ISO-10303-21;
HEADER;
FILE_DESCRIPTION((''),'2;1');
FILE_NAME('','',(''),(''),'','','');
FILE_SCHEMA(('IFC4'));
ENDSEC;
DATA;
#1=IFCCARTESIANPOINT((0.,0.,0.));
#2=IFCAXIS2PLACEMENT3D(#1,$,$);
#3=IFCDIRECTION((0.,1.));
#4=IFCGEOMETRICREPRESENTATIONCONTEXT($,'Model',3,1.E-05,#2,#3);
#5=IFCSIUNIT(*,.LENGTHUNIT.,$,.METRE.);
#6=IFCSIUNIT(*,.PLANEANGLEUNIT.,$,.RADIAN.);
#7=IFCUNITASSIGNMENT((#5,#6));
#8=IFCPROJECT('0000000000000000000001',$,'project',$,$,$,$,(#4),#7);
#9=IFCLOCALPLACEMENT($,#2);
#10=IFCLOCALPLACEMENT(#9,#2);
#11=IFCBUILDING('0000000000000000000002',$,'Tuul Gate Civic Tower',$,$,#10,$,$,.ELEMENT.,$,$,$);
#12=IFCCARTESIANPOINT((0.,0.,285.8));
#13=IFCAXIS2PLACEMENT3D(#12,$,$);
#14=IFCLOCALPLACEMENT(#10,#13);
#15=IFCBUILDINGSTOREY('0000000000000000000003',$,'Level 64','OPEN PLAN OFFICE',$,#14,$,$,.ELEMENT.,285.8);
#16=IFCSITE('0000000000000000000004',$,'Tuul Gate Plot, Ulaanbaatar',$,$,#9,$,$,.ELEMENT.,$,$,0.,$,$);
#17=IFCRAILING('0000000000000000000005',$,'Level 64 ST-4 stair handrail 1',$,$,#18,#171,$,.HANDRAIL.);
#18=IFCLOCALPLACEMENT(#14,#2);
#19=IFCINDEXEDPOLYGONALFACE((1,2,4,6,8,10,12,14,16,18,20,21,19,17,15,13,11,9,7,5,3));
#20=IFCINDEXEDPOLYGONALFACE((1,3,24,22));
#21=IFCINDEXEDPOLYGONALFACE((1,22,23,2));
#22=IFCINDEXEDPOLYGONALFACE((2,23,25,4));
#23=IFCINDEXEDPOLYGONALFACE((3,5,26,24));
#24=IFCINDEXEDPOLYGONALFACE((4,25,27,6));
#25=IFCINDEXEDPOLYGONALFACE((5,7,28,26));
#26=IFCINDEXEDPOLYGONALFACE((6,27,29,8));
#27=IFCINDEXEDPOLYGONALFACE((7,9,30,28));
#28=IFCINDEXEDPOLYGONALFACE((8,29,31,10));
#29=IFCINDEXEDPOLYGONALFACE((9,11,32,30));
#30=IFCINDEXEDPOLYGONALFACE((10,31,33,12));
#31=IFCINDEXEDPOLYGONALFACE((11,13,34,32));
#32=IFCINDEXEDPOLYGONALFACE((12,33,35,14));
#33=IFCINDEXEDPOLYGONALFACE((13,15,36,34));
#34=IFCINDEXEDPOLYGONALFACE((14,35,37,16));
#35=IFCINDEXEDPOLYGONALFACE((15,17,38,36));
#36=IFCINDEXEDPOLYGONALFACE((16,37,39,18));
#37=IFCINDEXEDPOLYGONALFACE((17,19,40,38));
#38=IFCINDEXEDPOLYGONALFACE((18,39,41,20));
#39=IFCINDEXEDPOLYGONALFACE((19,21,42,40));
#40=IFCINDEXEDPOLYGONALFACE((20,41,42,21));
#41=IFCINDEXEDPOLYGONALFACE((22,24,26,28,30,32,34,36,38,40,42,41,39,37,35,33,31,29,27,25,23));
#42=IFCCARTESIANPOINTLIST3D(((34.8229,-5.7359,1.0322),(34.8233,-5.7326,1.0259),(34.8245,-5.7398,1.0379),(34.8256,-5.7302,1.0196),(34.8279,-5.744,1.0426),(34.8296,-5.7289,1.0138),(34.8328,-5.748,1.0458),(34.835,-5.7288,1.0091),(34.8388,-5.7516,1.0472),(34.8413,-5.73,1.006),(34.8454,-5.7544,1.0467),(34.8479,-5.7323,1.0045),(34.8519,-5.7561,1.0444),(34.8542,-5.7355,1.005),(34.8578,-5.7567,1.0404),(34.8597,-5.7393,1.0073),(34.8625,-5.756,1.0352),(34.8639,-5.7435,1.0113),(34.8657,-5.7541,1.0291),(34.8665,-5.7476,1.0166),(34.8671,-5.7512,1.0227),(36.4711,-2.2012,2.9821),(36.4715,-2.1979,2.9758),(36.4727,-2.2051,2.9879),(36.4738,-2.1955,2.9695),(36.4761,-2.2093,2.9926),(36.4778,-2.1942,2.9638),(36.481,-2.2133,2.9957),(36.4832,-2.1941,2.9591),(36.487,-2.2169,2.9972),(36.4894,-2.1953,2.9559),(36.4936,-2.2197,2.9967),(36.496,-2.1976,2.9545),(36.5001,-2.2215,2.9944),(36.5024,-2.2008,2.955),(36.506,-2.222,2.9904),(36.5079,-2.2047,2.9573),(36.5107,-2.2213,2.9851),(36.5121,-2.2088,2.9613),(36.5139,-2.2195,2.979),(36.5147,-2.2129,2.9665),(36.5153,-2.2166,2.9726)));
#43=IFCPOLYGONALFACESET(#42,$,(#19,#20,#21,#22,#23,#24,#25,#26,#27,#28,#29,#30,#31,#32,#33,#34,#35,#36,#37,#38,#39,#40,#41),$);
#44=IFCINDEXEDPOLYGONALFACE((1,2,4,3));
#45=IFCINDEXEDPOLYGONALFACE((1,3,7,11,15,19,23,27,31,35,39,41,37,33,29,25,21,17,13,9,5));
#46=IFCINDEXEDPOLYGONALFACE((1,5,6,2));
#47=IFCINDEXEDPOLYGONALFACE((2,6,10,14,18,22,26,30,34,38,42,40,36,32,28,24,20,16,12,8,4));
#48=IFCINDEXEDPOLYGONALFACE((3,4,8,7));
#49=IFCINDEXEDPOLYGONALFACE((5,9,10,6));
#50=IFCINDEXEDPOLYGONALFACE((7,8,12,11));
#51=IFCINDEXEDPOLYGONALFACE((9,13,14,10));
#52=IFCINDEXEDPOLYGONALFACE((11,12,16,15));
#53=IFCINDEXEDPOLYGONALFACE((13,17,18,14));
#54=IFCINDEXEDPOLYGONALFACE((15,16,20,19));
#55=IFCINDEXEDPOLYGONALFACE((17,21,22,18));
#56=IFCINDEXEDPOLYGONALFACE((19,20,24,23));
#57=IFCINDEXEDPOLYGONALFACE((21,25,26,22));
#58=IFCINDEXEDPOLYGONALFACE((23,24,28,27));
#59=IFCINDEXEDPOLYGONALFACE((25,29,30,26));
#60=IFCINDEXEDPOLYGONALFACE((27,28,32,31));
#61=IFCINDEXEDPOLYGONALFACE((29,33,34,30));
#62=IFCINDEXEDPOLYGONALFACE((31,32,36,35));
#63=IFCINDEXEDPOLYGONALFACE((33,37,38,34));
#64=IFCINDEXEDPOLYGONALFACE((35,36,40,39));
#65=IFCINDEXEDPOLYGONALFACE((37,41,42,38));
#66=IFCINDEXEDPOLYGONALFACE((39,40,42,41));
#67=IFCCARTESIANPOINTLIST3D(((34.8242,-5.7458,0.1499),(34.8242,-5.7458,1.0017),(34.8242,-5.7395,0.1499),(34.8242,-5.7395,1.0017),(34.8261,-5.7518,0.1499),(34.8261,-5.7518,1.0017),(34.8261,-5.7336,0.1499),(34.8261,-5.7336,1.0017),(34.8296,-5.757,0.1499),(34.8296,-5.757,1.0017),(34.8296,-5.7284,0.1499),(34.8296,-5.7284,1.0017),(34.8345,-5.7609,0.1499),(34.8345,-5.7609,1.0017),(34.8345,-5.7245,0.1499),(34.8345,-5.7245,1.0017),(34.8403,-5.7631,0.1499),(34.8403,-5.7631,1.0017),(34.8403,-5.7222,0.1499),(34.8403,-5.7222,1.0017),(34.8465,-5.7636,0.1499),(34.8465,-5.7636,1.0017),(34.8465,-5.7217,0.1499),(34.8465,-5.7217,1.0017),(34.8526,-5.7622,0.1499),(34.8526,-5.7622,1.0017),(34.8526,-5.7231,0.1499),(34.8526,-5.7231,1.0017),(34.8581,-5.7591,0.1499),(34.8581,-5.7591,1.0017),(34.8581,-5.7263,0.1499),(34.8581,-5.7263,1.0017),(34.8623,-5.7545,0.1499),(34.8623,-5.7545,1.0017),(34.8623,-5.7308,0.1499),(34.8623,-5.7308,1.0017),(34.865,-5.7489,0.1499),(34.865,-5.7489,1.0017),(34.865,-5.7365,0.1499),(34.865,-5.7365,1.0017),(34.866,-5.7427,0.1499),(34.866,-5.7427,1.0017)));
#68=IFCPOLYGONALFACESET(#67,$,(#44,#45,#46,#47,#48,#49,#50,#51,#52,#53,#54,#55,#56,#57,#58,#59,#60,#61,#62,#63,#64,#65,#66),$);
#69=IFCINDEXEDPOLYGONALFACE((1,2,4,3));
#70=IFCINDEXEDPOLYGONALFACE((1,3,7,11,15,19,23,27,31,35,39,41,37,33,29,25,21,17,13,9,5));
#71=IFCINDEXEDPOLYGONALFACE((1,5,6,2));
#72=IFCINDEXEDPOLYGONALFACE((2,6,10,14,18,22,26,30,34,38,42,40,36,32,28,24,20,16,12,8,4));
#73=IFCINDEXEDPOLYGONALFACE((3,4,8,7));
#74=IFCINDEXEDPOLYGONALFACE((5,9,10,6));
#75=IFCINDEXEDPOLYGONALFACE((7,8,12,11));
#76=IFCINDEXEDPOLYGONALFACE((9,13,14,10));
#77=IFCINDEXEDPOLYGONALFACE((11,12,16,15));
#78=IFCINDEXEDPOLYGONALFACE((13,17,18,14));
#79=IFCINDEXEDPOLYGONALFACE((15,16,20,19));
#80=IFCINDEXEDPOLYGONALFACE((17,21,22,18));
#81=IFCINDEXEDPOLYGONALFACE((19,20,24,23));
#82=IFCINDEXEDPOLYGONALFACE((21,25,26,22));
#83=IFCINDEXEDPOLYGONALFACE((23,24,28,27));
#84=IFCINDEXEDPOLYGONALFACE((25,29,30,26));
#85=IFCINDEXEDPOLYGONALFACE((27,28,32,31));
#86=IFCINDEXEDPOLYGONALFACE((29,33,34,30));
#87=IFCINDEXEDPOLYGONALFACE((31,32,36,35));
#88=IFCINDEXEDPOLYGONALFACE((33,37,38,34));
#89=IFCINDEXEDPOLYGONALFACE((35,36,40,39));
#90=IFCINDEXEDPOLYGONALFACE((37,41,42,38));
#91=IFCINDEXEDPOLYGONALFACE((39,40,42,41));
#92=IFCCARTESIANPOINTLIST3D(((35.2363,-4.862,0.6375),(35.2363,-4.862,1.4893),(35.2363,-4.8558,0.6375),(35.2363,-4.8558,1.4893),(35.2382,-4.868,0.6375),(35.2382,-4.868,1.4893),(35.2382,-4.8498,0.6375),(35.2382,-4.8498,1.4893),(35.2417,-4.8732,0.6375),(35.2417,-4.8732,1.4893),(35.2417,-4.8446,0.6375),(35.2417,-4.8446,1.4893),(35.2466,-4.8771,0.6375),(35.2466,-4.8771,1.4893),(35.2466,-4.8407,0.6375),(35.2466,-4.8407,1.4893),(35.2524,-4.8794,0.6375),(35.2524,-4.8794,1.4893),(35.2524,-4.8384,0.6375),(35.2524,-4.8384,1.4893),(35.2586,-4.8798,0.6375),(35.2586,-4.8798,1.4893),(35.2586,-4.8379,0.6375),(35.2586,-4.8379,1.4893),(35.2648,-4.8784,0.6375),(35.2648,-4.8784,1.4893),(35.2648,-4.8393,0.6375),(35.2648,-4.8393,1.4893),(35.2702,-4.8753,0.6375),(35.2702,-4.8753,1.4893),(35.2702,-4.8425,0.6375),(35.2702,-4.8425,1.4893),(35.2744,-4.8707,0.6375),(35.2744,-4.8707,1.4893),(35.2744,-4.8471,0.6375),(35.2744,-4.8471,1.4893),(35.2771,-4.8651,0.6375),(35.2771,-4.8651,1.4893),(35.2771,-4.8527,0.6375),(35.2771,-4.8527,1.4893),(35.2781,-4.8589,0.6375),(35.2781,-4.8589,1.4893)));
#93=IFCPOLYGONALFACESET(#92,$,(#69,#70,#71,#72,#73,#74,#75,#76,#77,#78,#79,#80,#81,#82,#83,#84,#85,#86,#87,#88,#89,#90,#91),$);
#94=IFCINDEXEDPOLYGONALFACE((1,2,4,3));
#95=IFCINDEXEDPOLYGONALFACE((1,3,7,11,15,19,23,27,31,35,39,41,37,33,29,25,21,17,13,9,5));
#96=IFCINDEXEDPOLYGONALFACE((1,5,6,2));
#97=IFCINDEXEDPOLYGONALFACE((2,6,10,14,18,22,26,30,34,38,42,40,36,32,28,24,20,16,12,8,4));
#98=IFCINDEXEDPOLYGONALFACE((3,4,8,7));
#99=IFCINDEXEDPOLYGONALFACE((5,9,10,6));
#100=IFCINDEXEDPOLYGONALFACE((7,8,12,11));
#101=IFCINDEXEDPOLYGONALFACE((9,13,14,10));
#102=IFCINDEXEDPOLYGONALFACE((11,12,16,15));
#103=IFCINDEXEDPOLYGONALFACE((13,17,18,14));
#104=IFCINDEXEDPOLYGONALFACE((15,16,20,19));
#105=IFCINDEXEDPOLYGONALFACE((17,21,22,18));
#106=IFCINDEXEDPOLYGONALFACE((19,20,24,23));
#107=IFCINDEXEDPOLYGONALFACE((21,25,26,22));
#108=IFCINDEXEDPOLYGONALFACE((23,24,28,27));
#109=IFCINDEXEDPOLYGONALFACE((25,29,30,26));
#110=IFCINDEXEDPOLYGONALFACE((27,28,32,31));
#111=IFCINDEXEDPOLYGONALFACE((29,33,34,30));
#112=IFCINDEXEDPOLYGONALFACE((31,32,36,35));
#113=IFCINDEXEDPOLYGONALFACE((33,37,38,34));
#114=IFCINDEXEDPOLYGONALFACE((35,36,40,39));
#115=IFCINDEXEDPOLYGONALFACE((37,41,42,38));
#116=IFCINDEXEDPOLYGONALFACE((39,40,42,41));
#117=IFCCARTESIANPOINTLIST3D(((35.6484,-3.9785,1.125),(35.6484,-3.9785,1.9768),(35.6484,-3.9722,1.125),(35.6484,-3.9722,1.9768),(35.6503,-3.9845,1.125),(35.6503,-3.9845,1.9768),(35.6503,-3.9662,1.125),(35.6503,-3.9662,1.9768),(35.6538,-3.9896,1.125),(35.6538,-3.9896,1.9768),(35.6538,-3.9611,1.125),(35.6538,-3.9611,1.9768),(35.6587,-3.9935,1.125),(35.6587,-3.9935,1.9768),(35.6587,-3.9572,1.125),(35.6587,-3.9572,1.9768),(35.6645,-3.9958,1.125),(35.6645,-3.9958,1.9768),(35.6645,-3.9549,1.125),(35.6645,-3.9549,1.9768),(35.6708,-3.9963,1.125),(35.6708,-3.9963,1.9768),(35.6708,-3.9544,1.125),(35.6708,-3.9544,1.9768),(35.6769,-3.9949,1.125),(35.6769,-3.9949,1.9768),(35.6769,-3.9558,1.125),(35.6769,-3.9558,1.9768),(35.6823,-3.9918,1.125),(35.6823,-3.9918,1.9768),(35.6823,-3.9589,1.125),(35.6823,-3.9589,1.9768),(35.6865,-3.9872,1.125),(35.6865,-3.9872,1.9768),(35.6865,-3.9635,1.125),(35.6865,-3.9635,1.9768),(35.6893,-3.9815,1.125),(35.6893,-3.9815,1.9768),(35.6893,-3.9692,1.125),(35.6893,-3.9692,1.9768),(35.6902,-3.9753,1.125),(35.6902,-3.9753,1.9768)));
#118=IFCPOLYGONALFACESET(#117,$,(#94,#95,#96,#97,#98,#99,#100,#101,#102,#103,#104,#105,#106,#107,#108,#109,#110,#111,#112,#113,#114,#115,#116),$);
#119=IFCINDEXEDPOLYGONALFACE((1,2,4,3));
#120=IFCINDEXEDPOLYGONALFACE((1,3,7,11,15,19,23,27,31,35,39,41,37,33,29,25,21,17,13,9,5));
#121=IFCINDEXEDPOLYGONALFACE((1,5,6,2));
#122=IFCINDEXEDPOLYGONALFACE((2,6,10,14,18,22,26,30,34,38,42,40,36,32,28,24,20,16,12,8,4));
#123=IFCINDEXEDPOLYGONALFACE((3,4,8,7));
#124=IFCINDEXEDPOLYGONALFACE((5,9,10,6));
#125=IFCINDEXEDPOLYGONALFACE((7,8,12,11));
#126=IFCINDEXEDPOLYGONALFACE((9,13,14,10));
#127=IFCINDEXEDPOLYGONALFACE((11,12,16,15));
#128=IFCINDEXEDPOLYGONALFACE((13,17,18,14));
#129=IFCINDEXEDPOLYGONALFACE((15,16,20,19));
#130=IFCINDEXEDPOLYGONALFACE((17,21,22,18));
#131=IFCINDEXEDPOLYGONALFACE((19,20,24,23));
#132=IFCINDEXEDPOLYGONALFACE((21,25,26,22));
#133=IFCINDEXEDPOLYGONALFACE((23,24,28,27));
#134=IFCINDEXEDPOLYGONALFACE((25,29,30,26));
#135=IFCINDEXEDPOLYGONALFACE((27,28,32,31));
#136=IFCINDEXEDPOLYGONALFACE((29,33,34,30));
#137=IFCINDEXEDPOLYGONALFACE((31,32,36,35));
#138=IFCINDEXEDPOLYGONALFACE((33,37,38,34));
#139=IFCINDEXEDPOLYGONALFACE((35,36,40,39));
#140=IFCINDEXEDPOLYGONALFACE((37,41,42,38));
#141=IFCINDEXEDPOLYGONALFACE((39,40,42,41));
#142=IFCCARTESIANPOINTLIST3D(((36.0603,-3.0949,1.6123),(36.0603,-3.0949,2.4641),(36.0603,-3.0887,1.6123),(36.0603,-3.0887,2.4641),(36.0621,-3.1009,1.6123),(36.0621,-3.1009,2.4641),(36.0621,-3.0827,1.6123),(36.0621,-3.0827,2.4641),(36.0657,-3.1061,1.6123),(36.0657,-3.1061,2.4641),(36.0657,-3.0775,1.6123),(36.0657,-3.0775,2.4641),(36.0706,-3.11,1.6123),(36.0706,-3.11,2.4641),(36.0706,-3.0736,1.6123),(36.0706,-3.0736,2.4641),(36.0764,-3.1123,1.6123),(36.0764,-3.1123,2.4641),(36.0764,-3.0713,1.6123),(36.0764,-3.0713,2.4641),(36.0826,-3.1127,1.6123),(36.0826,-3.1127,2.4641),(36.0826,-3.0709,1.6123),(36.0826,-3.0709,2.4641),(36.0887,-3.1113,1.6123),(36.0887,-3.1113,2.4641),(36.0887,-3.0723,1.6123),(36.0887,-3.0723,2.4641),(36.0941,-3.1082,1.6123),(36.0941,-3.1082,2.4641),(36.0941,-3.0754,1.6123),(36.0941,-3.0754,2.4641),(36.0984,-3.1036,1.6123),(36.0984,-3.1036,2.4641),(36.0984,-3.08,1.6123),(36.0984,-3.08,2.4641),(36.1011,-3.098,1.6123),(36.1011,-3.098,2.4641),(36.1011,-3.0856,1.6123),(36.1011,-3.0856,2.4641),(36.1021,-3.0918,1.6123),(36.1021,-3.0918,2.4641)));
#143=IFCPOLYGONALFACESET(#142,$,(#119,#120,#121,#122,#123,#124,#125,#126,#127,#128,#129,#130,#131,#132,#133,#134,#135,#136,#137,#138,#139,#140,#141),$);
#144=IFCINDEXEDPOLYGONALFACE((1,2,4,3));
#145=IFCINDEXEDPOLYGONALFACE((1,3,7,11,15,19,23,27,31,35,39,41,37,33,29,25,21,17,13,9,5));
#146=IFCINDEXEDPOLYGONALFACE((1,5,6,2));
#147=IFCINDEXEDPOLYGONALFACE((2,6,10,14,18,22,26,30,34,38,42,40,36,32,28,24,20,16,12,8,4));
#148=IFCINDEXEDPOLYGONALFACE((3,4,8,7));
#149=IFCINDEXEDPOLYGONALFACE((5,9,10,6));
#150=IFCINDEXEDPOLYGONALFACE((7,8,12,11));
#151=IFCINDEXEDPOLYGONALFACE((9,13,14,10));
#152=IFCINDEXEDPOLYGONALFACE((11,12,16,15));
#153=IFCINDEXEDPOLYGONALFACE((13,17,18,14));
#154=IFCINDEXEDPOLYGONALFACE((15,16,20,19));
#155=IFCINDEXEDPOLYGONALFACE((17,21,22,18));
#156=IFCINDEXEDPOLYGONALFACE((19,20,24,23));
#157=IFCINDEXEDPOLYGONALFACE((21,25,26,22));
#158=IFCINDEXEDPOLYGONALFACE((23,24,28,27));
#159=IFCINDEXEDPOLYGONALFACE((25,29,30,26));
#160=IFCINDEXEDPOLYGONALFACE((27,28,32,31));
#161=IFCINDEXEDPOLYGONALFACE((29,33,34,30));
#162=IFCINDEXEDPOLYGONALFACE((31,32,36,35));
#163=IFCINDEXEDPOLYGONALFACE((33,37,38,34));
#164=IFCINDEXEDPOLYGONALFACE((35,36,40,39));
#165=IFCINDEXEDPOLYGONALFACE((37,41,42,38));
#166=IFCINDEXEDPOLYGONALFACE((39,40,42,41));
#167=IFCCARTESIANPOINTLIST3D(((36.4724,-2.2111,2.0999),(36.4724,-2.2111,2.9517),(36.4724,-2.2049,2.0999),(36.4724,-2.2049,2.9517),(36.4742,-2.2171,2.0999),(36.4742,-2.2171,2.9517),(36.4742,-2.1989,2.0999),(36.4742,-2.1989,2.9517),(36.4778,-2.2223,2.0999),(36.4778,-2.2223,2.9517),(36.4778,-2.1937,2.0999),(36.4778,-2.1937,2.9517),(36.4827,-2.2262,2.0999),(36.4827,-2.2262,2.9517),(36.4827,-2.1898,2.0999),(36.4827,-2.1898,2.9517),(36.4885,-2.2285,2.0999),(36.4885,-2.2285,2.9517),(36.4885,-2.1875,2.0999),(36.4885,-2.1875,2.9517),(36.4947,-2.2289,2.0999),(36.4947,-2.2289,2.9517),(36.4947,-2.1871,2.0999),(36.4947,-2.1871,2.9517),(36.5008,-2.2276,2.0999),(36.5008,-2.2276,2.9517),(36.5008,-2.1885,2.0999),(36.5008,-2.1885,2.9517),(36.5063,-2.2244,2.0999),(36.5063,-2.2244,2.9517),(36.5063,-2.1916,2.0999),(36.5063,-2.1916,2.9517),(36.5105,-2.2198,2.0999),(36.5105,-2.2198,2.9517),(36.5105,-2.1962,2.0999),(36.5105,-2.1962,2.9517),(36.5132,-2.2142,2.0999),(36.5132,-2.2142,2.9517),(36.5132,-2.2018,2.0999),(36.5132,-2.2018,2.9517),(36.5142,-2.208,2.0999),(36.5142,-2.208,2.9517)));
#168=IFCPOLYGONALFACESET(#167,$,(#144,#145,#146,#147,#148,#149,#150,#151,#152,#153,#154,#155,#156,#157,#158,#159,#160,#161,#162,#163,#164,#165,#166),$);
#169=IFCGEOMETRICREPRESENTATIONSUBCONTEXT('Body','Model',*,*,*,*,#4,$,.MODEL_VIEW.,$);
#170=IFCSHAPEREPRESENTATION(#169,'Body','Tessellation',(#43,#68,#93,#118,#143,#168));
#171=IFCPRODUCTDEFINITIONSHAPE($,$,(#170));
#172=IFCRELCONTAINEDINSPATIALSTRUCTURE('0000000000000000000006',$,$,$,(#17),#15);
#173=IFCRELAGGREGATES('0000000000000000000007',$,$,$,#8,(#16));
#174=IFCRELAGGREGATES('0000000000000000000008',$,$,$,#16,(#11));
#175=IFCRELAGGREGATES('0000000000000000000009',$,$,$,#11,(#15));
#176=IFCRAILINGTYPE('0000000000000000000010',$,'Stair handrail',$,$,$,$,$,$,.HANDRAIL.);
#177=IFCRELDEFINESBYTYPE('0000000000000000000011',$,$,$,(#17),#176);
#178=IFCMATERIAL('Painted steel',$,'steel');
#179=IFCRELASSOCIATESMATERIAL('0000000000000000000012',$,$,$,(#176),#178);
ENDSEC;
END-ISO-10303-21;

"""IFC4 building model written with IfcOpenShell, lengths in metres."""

from ifc_helpers import new_model, si_unit, direction, frame, origin, origin_2d, place, context, subcontext, project, spatial, circle, extrude, material, type_object, element, save


model = new_model("IFC4")

# Units and contexts
model_context = context("Model", 3, precision=1e-05, world=origin(), true_north=direction((0.0, 1.0)))
body_context = subcontext(model_context, "Body", "Model", "MODEL_VIEW")
ifc_project = project(units=[si_unit("LENGTHUNIT", "METRE"), si_unit("PLANEANGLEUNIT", "RADIAN")], contexts=[model_context])

# Site, building, storey
site_placement = place(None, origin())
site = spatial("IfcSite", under=ifc_project, at=site_placement, Name="Tuul Gate Plot, Ulaanbaatar", CompositionType="ELEMENT", RefElevation=0.0)
building_placement = place(site_placement, origin())
building = spatial("IfcBuilding", under=site, at=building_placement, Name="Tuul Gate Civic Tower", CompositionType="ELEMENT")
storey_placement = place(building_placement, frame((0.0, 0.0, 285.8)))
storey = spatial("IfcBuildingStorey", under=building, at=storey_placement, Name="Level 64", Description="OPEN PLAN OFFICE", CompositionType="ELEMENT", Elevation=285.8)

# Railing
ifc_material_1 = material(Name="Painted steel", Category="steel")
railing_type = type_object("IfcRailingType", Name="Stair handrail", PredefinedType="HANDRAIL", material=ifc_material_1)
railing_placement = place(storey_placement, frame((34.845, -5.7427, 0.1499)))
element("IfcRailing", 1, at=railing_placement, inside=storey, type_object=railing_type, Name="Level 64 ST-4 stair handrail 1", PredefinedType="HANDRAIL", context=body_context, shape_type="SweptSolid", body=[
    extrude(circle(Radius=0.0239, at=origin_2d()), frame((0.0, 0.0, 0.876), z_axis=(0.377995, 0.810637, 0.4472), x_axis=(-0.906313, 0.422608, 0.0)), (0.0, 0.0, 1.0), 4.3604),
    extrude(circle(Radius=0.021, at=origin_2d()), origin(), (0.0, 0.0, 1.0), 0.8518),
    extrude(circle(Radius=0.021, at=origin_2d()), frame((0.4121, 0.8838, 0.4875)), (0.0, 0.0, 1.0), 0.8518),
    extrude(circle(Radius=0.021, at=origin_2d()), frame((0.8242, 1.7673, 0.9751)), (0.0, 0.0, 1.0), 0.8518),
    extrude(circle(Radius=0.021, at=origin_2d()), frame((1.2361, 2.6509, 1.4624)), (0.0, 0.0, 1.0), 0.8518),
    extrude(circle(Radius=0.021, at=origin_2d()), frame((1.6482, 3.5347, 1.95)), (0.0, 0.0, 1.0), 0.8518),
])

save(model, "model.ifc")
